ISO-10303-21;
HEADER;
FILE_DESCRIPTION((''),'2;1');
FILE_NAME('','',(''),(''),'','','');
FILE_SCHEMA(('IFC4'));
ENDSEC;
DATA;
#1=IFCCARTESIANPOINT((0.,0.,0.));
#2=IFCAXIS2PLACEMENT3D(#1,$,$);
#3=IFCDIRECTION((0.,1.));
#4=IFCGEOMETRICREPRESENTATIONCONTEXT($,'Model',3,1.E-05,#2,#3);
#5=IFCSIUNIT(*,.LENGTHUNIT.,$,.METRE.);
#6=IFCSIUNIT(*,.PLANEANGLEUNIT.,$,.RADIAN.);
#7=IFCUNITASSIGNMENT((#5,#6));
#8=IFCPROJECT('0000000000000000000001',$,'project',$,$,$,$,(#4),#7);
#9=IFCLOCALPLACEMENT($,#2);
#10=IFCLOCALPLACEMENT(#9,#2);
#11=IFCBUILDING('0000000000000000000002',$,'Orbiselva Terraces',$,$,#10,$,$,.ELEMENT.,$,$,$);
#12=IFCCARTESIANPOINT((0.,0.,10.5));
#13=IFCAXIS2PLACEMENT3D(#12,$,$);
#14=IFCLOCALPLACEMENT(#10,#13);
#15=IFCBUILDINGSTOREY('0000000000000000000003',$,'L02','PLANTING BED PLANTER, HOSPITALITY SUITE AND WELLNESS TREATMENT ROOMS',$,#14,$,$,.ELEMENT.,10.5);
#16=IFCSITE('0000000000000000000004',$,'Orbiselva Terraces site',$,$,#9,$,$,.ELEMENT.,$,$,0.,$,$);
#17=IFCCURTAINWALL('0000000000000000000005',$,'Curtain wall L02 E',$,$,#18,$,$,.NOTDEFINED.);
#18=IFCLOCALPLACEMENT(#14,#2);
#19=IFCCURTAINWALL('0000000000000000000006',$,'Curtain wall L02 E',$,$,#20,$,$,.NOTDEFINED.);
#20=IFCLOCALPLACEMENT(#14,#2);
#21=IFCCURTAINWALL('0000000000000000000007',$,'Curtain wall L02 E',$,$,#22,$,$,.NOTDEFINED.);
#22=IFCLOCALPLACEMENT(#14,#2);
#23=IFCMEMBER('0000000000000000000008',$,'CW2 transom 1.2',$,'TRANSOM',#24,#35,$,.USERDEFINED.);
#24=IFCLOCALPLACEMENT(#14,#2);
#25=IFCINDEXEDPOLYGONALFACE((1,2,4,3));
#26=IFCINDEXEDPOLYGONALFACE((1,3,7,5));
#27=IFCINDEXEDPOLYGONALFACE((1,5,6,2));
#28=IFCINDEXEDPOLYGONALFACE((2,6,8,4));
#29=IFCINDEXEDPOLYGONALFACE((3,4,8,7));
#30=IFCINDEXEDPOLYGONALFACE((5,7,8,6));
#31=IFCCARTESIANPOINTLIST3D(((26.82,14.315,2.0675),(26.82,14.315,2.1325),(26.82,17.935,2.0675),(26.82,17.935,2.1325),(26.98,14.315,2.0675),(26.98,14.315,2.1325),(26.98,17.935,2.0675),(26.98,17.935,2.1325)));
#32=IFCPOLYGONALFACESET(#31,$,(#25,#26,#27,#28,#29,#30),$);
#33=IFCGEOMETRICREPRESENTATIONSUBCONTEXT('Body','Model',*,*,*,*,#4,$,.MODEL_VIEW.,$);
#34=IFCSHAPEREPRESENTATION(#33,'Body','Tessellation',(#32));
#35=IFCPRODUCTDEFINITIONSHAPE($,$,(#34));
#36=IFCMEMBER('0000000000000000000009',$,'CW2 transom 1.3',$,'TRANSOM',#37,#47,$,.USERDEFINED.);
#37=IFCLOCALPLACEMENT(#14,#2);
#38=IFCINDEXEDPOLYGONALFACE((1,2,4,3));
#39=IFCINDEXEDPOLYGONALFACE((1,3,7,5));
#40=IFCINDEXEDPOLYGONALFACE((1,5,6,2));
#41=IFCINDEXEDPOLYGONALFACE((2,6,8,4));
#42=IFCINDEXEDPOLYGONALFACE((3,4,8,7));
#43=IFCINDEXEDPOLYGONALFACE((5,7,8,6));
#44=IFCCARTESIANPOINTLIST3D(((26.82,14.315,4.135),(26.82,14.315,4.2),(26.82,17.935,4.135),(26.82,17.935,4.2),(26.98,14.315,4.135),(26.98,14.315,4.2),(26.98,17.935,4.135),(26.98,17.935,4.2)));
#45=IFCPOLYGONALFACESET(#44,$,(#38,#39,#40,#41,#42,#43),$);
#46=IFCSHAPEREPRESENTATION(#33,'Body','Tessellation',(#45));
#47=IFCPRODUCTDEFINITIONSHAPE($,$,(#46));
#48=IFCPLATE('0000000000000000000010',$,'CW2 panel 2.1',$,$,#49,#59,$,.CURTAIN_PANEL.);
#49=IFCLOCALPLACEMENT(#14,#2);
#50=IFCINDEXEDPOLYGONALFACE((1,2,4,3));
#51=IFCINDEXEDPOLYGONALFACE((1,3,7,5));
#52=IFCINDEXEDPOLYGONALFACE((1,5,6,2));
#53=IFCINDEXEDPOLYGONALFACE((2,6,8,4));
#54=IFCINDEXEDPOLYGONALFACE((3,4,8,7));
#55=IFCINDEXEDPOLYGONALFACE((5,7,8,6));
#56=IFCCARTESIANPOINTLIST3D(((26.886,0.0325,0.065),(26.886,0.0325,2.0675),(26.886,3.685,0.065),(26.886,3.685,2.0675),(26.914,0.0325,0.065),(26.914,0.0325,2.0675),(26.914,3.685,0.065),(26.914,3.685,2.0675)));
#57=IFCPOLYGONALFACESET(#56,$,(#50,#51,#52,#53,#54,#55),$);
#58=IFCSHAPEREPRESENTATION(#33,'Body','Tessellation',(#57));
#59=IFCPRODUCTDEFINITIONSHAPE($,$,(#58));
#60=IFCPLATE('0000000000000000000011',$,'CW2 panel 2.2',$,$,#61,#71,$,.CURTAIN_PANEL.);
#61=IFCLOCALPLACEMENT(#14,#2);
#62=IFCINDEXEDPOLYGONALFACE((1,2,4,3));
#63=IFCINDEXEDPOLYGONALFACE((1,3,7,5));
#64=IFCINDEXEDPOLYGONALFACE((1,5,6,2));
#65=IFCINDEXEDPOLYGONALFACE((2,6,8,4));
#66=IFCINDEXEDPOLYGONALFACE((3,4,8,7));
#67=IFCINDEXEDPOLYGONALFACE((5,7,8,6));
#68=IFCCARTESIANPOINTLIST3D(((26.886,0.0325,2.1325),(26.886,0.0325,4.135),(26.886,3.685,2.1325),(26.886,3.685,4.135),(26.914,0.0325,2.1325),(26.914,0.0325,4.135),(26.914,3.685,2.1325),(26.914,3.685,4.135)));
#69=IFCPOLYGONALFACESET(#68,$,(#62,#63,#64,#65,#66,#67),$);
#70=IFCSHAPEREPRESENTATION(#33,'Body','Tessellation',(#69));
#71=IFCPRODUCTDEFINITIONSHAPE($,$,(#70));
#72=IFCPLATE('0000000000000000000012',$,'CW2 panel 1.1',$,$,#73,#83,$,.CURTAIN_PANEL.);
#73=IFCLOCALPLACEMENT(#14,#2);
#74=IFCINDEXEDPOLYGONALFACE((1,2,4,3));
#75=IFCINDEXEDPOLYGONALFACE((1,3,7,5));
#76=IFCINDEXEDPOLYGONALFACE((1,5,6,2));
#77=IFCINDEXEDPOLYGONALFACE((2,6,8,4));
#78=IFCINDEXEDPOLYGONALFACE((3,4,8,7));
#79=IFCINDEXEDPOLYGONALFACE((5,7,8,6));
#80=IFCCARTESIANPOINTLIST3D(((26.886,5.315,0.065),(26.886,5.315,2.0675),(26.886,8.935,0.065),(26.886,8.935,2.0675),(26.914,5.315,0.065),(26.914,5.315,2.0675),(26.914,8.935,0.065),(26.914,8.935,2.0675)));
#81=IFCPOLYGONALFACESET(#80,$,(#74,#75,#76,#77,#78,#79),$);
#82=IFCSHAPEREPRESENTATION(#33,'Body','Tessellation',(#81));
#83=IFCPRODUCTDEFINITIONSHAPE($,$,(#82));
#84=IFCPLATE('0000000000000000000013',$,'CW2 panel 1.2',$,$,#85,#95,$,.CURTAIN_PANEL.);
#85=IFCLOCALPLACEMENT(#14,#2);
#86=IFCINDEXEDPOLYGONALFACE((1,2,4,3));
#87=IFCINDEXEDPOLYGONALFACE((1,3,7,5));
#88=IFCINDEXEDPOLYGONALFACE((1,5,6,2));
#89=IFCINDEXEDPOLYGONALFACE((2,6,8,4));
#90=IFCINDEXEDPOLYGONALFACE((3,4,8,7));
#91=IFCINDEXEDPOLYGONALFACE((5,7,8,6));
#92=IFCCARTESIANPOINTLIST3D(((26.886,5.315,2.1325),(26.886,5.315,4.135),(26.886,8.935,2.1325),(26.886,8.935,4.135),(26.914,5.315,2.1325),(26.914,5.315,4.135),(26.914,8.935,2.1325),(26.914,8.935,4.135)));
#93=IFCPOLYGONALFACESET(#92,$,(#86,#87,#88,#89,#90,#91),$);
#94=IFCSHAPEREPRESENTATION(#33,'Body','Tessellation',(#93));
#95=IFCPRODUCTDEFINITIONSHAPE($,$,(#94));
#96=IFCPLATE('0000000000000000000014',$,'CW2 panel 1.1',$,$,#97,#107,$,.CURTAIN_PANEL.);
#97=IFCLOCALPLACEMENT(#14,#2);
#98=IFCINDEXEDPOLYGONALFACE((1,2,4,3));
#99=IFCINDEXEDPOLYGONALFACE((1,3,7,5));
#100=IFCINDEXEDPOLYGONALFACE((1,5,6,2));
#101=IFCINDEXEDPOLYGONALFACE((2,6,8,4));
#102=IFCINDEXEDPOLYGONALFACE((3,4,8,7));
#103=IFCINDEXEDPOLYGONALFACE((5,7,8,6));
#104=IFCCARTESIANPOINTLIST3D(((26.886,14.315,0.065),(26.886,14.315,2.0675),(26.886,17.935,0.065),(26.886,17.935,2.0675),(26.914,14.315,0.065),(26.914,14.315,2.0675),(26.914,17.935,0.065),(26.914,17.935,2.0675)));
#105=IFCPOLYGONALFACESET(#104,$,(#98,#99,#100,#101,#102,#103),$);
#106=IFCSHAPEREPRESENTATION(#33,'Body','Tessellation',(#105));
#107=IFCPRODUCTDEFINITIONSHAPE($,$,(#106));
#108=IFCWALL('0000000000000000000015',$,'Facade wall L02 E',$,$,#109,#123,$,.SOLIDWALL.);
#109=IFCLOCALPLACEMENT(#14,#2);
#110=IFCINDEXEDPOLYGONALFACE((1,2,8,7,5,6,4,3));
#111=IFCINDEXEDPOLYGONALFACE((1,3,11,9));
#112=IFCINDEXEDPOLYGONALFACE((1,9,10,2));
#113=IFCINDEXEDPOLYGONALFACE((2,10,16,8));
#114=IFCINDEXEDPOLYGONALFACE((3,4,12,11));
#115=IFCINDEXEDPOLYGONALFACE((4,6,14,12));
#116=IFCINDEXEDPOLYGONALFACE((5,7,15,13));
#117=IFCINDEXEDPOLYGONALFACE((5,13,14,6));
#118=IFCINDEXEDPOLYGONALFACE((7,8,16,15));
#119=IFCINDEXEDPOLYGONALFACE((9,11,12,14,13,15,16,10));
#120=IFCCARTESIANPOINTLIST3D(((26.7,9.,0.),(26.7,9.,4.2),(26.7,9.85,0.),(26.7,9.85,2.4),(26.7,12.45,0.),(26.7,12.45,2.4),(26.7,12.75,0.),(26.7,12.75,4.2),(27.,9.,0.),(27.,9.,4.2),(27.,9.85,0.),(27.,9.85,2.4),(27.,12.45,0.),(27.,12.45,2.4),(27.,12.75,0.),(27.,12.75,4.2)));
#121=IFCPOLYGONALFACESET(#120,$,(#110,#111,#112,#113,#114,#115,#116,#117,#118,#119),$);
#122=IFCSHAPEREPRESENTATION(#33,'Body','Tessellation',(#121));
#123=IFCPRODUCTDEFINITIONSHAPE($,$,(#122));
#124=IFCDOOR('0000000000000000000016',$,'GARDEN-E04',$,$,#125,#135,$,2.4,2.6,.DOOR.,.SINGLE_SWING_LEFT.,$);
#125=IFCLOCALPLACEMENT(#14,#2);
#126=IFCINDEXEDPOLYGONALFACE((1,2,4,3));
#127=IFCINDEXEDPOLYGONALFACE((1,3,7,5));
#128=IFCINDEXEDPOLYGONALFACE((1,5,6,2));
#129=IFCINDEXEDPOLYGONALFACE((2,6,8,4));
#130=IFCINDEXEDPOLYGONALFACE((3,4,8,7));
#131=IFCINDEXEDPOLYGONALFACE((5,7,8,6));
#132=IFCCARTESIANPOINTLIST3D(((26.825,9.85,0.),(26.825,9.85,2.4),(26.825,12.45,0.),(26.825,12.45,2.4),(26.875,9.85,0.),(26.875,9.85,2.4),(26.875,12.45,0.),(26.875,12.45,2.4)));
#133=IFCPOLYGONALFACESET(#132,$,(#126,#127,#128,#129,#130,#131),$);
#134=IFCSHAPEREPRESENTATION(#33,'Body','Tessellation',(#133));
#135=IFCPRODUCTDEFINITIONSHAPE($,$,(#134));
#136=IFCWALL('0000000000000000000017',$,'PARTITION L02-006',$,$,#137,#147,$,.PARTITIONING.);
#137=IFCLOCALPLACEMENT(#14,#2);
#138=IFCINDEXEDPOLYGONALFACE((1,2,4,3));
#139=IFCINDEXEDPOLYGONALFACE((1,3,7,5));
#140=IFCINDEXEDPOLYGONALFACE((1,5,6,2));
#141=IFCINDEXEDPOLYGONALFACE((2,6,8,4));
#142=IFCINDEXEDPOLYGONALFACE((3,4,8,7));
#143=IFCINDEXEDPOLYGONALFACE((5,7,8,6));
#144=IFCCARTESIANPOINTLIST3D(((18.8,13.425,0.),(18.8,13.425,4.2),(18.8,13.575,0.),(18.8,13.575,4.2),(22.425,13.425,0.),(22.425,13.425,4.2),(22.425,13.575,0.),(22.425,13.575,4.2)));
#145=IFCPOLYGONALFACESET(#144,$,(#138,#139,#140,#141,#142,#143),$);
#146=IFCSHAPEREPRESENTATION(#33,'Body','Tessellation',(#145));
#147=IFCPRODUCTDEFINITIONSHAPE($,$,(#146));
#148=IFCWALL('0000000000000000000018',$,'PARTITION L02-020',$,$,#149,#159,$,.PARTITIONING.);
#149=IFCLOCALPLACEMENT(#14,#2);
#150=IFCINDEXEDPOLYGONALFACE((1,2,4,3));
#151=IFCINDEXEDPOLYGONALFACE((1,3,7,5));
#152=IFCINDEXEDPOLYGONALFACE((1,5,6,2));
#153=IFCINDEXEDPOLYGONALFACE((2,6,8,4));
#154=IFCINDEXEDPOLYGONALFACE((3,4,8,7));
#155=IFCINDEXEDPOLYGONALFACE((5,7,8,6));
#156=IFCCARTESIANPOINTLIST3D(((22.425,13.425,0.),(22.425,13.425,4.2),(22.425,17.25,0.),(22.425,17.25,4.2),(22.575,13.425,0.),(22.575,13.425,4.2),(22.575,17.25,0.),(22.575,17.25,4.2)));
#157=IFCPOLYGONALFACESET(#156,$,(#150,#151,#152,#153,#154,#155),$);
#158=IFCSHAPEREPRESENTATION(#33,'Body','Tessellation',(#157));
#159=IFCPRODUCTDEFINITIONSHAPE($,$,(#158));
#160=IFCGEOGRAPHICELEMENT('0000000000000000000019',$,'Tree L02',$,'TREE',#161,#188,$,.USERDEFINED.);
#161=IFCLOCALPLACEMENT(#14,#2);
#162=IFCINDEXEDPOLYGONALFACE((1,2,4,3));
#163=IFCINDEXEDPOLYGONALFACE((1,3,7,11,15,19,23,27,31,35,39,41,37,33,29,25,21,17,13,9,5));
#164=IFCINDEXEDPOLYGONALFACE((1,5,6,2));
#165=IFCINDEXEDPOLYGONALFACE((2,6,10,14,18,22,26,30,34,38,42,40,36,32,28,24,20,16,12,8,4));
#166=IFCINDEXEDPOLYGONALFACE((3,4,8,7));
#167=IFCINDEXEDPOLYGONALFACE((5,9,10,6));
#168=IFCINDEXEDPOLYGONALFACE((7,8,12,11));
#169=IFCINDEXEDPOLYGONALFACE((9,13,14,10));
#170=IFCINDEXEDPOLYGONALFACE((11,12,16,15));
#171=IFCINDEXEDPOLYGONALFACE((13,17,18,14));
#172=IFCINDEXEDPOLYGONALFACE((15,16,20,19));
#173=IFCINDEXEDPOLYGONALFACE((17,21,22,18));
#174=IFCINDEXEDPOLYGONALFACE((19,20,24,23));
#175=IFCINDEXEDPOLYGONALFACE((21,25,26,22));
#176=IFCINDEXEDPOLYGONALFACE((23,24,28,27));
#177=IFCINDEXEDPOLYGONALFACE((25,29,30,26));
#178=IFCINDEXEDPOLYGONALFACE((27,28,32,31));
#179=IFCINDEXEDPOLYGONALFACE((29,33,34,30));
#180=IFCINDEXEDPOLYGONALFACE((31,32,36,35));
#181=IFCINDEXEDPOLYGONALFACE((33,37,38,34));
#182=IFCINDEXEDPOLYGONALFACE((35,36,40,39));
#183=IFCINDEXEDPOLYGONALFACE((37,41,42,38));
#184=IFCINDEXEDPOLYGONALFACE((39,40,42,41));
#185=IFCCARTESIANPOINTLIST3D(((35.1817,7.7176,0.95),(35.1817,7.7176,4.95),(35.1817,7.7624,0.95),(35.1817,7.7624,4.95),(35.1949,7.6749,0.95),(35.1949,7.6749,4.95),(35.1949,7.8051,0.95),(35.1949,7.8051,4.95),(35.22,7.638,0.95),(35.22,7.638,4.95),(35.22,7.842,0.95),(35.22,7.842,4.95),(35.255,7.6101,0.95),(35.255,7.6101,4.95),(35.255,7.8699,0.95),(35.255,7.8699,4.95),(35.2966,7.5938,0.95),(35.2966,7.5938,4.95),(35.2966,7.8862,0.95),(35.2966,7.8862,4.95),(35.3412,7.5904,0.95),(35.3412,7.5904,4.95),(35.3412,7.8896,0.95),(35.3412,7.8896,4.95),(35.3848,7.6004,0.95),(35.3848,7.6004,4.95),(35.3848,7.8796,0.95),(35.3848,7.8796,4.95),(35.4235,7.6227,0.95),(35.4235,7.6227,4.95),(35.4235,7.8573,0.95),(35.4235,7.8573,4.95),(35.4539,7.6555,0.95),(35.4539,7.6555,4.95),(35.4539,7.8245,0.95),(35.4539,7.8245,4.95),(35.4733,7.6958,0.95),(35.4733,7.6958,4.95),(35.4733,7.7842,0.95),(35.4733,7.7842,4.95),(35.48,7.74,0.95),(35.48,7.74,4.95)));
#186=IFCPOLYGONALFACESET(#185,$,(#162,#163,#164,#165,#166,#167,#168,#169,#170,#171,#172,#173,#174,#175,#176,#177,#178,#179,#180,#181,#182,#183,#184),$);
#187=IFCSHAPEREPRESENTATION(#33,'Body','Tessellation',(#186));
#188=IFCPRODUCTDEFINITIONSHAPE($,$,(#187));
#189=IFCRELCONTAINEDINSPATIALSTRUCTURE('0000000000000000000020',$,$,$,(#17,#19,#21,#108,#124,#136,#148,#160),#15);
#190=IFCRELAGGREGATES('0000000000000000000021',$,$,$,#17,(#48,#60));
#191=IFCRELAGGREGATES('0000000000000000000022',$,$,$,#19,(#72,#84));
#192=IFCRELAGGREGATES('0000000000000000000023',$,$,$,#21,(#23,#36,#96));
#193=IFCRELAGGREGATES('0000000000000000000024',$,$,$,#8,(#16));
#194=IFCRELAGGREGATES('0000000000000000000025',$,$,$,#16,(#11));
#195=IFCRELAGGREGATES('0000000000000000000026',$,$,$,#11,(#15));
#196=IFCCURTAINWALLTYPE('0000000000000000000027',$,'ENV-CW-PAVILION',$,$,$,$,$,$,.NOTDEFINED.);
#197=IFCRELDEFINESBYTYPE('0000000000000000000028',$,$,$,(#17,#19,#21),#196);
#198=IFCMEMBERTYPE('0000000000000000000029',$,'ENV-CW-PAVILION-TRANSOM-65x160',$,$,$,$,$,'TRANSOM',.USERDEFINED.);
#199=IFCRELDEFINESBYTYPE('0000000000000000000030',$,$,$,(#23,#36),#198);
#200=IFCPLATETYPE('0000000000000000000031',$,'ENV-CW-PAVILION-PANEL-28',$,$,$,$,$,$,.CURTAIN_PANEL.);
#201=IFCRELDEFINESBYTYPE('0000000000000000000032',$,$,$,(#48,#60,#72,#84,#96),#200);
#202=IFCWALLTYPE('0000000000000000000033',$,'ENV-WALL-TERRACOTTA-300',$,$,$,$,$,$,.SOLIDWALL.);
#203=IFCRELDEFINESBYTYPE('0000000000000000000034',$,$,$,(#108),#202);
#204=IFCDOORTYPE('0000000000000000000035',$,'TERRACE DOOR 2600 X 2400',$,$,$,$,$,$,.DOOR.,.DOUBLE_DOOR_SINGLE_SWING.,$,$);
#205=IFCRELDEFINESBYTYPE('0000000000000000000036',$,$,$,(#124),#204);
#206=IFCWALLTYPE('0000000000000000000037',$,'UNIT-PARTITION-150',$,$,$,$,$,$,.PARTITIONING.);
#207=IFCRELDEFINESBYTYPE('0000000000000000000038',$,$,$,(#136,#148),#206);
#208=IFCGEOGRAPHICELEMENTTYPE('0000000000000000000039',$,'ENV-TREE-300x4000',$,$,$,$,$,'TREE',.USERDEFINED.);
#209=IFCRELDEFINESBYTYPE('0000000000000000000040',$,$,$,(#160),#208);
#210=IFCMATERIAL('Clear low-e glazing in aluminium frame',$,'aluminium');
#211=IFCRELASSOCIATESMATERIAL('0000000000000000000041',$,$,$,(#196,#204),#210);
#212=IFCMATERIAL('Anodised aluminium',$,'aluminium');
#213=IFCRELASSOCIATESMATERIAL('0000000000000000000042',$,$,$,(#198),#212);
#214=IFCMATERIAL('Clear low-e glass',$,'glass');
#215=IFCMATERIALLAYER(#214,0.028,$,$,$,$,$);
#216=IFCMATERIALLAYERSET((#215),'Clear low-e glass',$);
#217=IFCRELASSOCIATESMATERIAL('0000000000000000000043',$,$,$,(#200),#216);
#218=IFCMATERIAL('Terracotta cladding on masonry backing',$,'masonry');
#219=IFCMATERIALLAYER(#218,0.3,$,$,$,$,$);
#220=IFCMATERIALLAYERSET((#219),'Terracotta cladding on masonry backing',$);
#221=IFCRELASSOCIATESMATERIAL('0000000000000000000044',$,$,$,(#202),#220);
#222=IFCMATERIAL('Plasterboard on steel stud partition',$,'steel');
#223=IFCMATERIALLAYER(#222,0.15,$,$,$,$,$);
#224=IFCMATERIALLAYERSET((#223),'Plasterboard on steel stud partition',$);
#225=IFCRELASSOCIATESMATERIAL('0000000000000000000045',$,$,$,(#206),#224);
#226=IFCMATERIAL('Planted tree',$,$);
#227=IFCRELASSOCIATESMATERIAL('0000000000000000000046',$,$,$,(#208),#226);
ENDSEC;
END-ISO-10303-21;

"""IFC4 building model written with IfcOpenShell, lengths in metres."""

from ifc_helpers import new_model, si_unit, direction, frame, frame_2d, origin, origin_2d, place, context, subcontext, project, spatial, rectangle, circle, extrude, material, layer, layer_set, material_profile, profile_set, type_object, element, fill, aggregate, save


model = new_model("IFC4")

# Units and contexts
model_context = context("Model", 3, precision=1e-05, world=origin(), true_north=direction((0.0, 1.0)))
body_context = subcontext(model_context, "Body", "Model", "MODEL_VIEW")
ifc_project = project(units=[si_unit("LENGTHUNIT", "METRE"), si_unit("PLANEANGLEUNIT", "RADIAN")], contexts=[model_context])

# Site, building, storey
site_placement = place(None, origin())
site = spatial("IfcSite", under=ifc_project, at=site_placement, Name="Orbiselva Terraces site", CompositionType="ELEMENT", RefElevation=0.0)
building_placement = place(site_placement, origin())
building = spatial("IfcBuilding", under=site, at=building_placement, Name="Orbiselva Terraces", CompositionType="ELEMENT")
storey_placement = place(building_placement, frame((0.0, 0.0, 10.5)))
storey = spatial("IfcBuildingStorey", under=building, at=storey_placement, Name="L02", Description="PLANTING BED PLANTER, HOSPITALITY SUITE AND WELLNESS TREATMENT ROOMS", CompositionType="ELEMENT", Elevation=10.5)

# Curtain wall
ifc_material_1 = material(Name="Clear low-e glazing in aluminium frame", Category="aluminium")
curtain_wall_type = type_object("IfcCurtainWallType", Name="ENV-CW-PAVILION", PredefinedType="NOTDEFINED", material=ifc_material_1)
curtain_wall_1_placement = place(storey_placement, origin())
curtain_wall_1 = element("IfcCurtainWall", 1, at=curtain_wall_1_placement, inside=storey, type_object=curtain_wall_type, Name="Curtain wall L02 E", PredefinedType="NOTDEFINED")
ifc_material_2 = material(Name="Anodised aluminium", Category="aluminium")

# Curtain wall
curtain_wall_2_placement = place(storey_placement, origin())
curtain_wall_2 = element("IfcCurtainWall", 2, at=curtain_wall_2_placement, inside=storey, type_object=curtain_wall_type, Name="Curtain wall L02 E", PredefinedType="NOTDEFINED")

# Curtain wall
curtain_wall_3_placement = place(storey_placement, origin())
curtain_wall_3 = element("IfcCurtainWall", 3, at=curtain_wall_3_placement, inside=storey, type_object=curtain_wall_type, Name="Curtain wall L02 E", PredefinedType="NOTDEFINED")

# Members
ifc_material_profile_1 = material_profile(ifc_material_2, rectangle(XDim=0.16, YDim=0.065, at=origin_2d()), Name="AL 65x160")
ifc_profile_set_1 = profile_set([ifc_material_profile_1], Name="Anodised aluminium")
member_type_1 = type_object("IfcMemberType", Name="ENV-CW-PAVILION-TRANSOM-65x160", ElementType="TRANSOM", PredefinedType="USERDEFINED", material=ifc_profile_set_1)
member_1_placement = place(storey_placement, frame((26.9, 14.315, 2.1), z_axis=(0.0, 1.0, 0.0), x_axis=(-1.0, 0.0, 0.0)))
member_1 = element("IfcMember", 4, at=member_1_placement, type_object=member_type_1, Name="CW2 transom 1.2", ObjectType="TRANSOM", PredefinedType="USERDEFINED", context=body_context, shape_type="SweptSolid", body=[
    extrude(rectangle(XDim=0.16, YDim=0.065, at=origin_2d()), origin(), (0.0, 0.0, 1.0), 3.62),
])
member_2_placement = place(storey_placement, frame((26.9, 14.315, 4.1675), z_axis=(0.0, 1.0, 0.0), x_axis=(-1.0, 0.0, 0.0)))
member_2 = element("IfcMember", 5, at=member_2_placement, type_object=member_type_1, Name="CW2 transom 1.3", ObjectType="TRANSOM", PredefinedType="USERDEFINED", context=body_context, shape_type="SweptSolid", body=[
    extrude(rectangle(XDim=0.16, YDim=0.065, at=origin_2d()), origin(), (0.0, 0.0, 1.0), 3.62),
])

# Plates
ifc_material_3 = material(Name="Clear low-e glass", Category="glass")
ifc_layer_1 = layer(ifc_material_3, 0.028)
ifc_layer_set_1 = layer_set([ifc_layer_1], Name="Clear low-e glass")
plate_type = type_object("IfcPlateType", Name="ENV-CW-PAVILION-PANEL-28", PredefinedType="CURTAIN_PANEL", material=ifc_layer_set_1)
plate_1_placement = place(storey_placement, frame((26.9, 1.8587, 0.065), z_axis=(0.0, 0.0, 1.0), x_axis=(0.0, 1.0, 0.0)))
plate_1 = element("IfcPlate", 6, at=plate_1_placement, type_object=plate_type, Name="CW2 panel 2.1", PredefinedType="CURTAIN_PANEL", context=body_context, shape_type="SweptSolid", body=[
    extrude(rectangle(XDim=3.6525, YDim=0.028, at=origin_2d()), origin(), (0.0, 0.0, 1.0), 2.0025),
])
plate_2_placement = place(storey_placement, frame((26.9, 1.8587, 2.1325), z_axis=(0.0, 0.0, 1.0), x_axis=(0.0, 1.0, 0.0)))
plate_2 = element("IfcPlate", 7, at=plate_2_placement, type_object=plate_type, Name="CW2 panel 2.2", PredefinedType="CURTAIN_PANEL", context=body_context, shape_type="SweptSolid", body=[
    extrude(rectangle(XDim=3.6525, YDim=0.028, at=origin_2d()), origin(), (0.0, 0.0, 1.0), 2.0025),
])
aggregate(curtain_wall_1, [plate_1, plate_2])
plate_3_placement = place(storey_placement, frame((26.9, 7.125, 0.065), z_axis=(0.0, 0.0, 1.0), x_axis=(0.0, 1.0, 0.0)))
plate_3 = element("IfcPlate", 8, at=plate_3_placement, type_object=plate_type, Name="CW2 panel 1.1", PredefinedType="CURTAIN_PANEL", context=body_context, shape_type="SweptSolid", body=[
    extrude(rectangle(XDim=3.62, YDim=0.028, at=origin_2d()), origin(), (0.0, 0.0, 1.0), 2.0025),
])
plate_4_placement = place(storey_placement, frame((26.9, 7.125, 2.1325), z_axis=(0.0, 0.0, 1.0), x_axis=(0.0, 1.0, 0.0)))
plate_4 = element("IfcPlate", 9, at=plate_4_placement, type_object=plate_type, Name="CW2 panel 1.2", PredefinedType="CURTAIN_PANEL", context=body_context, shape_type="SweptSolid", body=[
    extrude(rectangle(XDim=3.62, YDim=0.028, at=origin_2d()), origin(), (0.0, 0.0, 1.0), 2.0025),
])
aggregate(curtain_wall_2, [plate_3, plate_4])
plate_5_placement = place(storey_placement, frame((26.9, 16.125, 0.065), z_axis=(0.0, 0.0, 1.0), x_axis=(0.0, 1.0, 0.0)))
plate_5 = element("IfcPlate", 10, at=plate_5_placement, type_object=plate_type, Name="CW2 panel 1.1", PredefinedType="CURTAIN_PANEL", context=body_context, shape_type="SweptSolid", body=[
    extrude(rectangle(XDim=3.62, YDim=0.028, at=origin_2d()), origin(), (0.0, 0.0, 1.0), 2.0025),
])
aggregate(curtain_wall_3, [member_1, member_2, plate_5])

# Wall, opening, door
ifc_material_4 = material(Name="Terracotta cladding on masonry backing", Category="masonry")
ifc_layer_2 = layer(ifc_material_4, 0.3)
ifc_layer_set_2 = layer_set([ifc_layer_2], Name="Terracotta cladding on masonry backing")
wall_type_1 = type_object("IfcWallType", Name="ENV-WALL-TERRACOTTA-300", PredefinedType="SOLIDWALL", material=ifc_layer_set_2)
wall_1_placement = place(storey_placement, frame((26.85, 12.75, 0.0), z_axis=(0.0, 0.0, 1.0), x_axis=(0.0, -1.0, 0.0)))
wall_1 = element("IfcWall", 11, at=wall_1_placement, inside=storey, type_object=wall_type_1, Name="Facade wall L02 E", PredefinedType="SOLIDWALL", context=body_context, shape_type="SweptSolid", body=[
    extrude(rectangle(XDim=3.75, YDim=0.3, at=frame_2d((1.875, 0.0))), origin(), (0.0, 0.0, 1.0), 4.2),
])
opening_placement = place(wall_1_placement, frame((0.3, 0.0, 0.0)))
opening = element("IfcOpeningElement", 12, at=opening_placement, cuts=wall_1, PredefinedType="OPENING", context=body_context, shape_type="SweptSolid", body=[
    extrude(rectangle(XDim=2.6, YDim=2.4, at=frame_2d((1.3, 1.2))), frame((0.0, 0.16, 0.0), z_axis=(0.0, -1.0, 0.0), x_axis=(1.0, 0.0, 0.0)), (0.0, 0.0, 1.0), 0.32),
])
door_type = type_object("IfcDoorType", Name="TERRACE DOOR 2600 X 2400", OperationType="DOUBLE_DOOR_SINGLE_SWING", PredefinedType="DOOR", material=ifc_material_1)
door_placement = place(opening_placement, origin())
door = element("IfcDoor", 13, at=door_placement, inside=storey, type_object=door_type, Name="GARDEN-E04", OperationType="SINGLE_SWING_LEFT", OverallHeight=2.4, OverallWidth=2.6, PredefinedType="DOOR", context=body_context, shape_type="SweptSolid", body=[
    extrude(rectangle(XDim=2.6, YDim=2.4, at=frame_2d((1.3, 1.2))), frame((0.0, 0.025, 0.0), z_axis=(0.0, -1.0, 0.0), x_axis=(1.0, 0.0, 0.0)), (0.0, 0.0, 1.0), 0.05),
])
fill(opening, door)

# Walls
ifc_material_5 = material(Name="Plasterboard on steel stud partition", Category="steel")
ifc_layer_3 = layer(ifc_material_5, 0.15)
ifc_layer_set_3 = layer_set([ifc_layer_3], Name="Plasterboard on steel stud partition")
wall_type_2 = type_object("IfcWallType", Name="UNIT-PARTITION-150", PredefinedType="PARTITIONING", material=ifc_layer_set_3)
wall_2_placement = place(storey_placement, frame((18.8, 13.5, 0.0), z_axis=(0.0, 0.0, 1.0), x_axis=(1.0, 0.0, 0.0)))
element("IfcWall", 14, at=wall_2_placement, inside=storey, type_object=wall_type_2, Name="PARTITION L02-006", PredefinedType="PARTITIONING", context=body_context, shape_type="SweptSolid", body=[
    extrude(rectangle(XDim=3.625, YDim=0.15, at=frame_2d((1.8125, 0.0))), origin(), (0.0, 0.0, 1.0), 4.2),
])
wall_3_placement = place(storey_placement, frame((22.5, 13.425, 0.0), z_axis=(0.0, 0.0, 1.0), x_axis=(0.0, 1.0, 0.0)))
element("IfcWall", 15, at=wall_3_placement, inside=storey, type_object=wall_type_2, Name="PARTITION L02-020", PredefinedType="PARTITIONING", context=body_context, shape_type="SweptSolid", body=[
    extrude(rectangle(XDim=3.825, YDim=0.15, at=frame_2d((1.9125, 0.0))), origin(), (0.0, 0.0, 1.0), 4.2),
])

# Geographic element
ifc_material_6 = material(Name="Planted tree")
geographic_element_type = type_object("IfcGeographicElementType", Name="ENV-TREE-300x4000", ElementType="TREE", PredefinedType="USERDEFINED", material=ifc_material_6)
for number, where, z_axis, x_axis, name in (
    (16, (35.33, 7.74, 4.95), (0.0, 0.0, -1.0), (1.0, 0.0, 0.0), "Tree L02"),
):
    element("IfcGeographicElement", number, at=place(storey_placement, frame(where, z_axis=z_axis, x_axis=x_axis)), inside=storey, type_object=geographic_element_type, Name=name, ObjectType="TREE", PredefinedType="USERDEFINED", context=body_context, shape_type="SweptSolid", body=[
        extrude(circle(Radius=0.15, at=origin_2d()), origin(), (0.0, 0.0, 1.0), 4.0),
    ])

save(model, "model.ifc")
